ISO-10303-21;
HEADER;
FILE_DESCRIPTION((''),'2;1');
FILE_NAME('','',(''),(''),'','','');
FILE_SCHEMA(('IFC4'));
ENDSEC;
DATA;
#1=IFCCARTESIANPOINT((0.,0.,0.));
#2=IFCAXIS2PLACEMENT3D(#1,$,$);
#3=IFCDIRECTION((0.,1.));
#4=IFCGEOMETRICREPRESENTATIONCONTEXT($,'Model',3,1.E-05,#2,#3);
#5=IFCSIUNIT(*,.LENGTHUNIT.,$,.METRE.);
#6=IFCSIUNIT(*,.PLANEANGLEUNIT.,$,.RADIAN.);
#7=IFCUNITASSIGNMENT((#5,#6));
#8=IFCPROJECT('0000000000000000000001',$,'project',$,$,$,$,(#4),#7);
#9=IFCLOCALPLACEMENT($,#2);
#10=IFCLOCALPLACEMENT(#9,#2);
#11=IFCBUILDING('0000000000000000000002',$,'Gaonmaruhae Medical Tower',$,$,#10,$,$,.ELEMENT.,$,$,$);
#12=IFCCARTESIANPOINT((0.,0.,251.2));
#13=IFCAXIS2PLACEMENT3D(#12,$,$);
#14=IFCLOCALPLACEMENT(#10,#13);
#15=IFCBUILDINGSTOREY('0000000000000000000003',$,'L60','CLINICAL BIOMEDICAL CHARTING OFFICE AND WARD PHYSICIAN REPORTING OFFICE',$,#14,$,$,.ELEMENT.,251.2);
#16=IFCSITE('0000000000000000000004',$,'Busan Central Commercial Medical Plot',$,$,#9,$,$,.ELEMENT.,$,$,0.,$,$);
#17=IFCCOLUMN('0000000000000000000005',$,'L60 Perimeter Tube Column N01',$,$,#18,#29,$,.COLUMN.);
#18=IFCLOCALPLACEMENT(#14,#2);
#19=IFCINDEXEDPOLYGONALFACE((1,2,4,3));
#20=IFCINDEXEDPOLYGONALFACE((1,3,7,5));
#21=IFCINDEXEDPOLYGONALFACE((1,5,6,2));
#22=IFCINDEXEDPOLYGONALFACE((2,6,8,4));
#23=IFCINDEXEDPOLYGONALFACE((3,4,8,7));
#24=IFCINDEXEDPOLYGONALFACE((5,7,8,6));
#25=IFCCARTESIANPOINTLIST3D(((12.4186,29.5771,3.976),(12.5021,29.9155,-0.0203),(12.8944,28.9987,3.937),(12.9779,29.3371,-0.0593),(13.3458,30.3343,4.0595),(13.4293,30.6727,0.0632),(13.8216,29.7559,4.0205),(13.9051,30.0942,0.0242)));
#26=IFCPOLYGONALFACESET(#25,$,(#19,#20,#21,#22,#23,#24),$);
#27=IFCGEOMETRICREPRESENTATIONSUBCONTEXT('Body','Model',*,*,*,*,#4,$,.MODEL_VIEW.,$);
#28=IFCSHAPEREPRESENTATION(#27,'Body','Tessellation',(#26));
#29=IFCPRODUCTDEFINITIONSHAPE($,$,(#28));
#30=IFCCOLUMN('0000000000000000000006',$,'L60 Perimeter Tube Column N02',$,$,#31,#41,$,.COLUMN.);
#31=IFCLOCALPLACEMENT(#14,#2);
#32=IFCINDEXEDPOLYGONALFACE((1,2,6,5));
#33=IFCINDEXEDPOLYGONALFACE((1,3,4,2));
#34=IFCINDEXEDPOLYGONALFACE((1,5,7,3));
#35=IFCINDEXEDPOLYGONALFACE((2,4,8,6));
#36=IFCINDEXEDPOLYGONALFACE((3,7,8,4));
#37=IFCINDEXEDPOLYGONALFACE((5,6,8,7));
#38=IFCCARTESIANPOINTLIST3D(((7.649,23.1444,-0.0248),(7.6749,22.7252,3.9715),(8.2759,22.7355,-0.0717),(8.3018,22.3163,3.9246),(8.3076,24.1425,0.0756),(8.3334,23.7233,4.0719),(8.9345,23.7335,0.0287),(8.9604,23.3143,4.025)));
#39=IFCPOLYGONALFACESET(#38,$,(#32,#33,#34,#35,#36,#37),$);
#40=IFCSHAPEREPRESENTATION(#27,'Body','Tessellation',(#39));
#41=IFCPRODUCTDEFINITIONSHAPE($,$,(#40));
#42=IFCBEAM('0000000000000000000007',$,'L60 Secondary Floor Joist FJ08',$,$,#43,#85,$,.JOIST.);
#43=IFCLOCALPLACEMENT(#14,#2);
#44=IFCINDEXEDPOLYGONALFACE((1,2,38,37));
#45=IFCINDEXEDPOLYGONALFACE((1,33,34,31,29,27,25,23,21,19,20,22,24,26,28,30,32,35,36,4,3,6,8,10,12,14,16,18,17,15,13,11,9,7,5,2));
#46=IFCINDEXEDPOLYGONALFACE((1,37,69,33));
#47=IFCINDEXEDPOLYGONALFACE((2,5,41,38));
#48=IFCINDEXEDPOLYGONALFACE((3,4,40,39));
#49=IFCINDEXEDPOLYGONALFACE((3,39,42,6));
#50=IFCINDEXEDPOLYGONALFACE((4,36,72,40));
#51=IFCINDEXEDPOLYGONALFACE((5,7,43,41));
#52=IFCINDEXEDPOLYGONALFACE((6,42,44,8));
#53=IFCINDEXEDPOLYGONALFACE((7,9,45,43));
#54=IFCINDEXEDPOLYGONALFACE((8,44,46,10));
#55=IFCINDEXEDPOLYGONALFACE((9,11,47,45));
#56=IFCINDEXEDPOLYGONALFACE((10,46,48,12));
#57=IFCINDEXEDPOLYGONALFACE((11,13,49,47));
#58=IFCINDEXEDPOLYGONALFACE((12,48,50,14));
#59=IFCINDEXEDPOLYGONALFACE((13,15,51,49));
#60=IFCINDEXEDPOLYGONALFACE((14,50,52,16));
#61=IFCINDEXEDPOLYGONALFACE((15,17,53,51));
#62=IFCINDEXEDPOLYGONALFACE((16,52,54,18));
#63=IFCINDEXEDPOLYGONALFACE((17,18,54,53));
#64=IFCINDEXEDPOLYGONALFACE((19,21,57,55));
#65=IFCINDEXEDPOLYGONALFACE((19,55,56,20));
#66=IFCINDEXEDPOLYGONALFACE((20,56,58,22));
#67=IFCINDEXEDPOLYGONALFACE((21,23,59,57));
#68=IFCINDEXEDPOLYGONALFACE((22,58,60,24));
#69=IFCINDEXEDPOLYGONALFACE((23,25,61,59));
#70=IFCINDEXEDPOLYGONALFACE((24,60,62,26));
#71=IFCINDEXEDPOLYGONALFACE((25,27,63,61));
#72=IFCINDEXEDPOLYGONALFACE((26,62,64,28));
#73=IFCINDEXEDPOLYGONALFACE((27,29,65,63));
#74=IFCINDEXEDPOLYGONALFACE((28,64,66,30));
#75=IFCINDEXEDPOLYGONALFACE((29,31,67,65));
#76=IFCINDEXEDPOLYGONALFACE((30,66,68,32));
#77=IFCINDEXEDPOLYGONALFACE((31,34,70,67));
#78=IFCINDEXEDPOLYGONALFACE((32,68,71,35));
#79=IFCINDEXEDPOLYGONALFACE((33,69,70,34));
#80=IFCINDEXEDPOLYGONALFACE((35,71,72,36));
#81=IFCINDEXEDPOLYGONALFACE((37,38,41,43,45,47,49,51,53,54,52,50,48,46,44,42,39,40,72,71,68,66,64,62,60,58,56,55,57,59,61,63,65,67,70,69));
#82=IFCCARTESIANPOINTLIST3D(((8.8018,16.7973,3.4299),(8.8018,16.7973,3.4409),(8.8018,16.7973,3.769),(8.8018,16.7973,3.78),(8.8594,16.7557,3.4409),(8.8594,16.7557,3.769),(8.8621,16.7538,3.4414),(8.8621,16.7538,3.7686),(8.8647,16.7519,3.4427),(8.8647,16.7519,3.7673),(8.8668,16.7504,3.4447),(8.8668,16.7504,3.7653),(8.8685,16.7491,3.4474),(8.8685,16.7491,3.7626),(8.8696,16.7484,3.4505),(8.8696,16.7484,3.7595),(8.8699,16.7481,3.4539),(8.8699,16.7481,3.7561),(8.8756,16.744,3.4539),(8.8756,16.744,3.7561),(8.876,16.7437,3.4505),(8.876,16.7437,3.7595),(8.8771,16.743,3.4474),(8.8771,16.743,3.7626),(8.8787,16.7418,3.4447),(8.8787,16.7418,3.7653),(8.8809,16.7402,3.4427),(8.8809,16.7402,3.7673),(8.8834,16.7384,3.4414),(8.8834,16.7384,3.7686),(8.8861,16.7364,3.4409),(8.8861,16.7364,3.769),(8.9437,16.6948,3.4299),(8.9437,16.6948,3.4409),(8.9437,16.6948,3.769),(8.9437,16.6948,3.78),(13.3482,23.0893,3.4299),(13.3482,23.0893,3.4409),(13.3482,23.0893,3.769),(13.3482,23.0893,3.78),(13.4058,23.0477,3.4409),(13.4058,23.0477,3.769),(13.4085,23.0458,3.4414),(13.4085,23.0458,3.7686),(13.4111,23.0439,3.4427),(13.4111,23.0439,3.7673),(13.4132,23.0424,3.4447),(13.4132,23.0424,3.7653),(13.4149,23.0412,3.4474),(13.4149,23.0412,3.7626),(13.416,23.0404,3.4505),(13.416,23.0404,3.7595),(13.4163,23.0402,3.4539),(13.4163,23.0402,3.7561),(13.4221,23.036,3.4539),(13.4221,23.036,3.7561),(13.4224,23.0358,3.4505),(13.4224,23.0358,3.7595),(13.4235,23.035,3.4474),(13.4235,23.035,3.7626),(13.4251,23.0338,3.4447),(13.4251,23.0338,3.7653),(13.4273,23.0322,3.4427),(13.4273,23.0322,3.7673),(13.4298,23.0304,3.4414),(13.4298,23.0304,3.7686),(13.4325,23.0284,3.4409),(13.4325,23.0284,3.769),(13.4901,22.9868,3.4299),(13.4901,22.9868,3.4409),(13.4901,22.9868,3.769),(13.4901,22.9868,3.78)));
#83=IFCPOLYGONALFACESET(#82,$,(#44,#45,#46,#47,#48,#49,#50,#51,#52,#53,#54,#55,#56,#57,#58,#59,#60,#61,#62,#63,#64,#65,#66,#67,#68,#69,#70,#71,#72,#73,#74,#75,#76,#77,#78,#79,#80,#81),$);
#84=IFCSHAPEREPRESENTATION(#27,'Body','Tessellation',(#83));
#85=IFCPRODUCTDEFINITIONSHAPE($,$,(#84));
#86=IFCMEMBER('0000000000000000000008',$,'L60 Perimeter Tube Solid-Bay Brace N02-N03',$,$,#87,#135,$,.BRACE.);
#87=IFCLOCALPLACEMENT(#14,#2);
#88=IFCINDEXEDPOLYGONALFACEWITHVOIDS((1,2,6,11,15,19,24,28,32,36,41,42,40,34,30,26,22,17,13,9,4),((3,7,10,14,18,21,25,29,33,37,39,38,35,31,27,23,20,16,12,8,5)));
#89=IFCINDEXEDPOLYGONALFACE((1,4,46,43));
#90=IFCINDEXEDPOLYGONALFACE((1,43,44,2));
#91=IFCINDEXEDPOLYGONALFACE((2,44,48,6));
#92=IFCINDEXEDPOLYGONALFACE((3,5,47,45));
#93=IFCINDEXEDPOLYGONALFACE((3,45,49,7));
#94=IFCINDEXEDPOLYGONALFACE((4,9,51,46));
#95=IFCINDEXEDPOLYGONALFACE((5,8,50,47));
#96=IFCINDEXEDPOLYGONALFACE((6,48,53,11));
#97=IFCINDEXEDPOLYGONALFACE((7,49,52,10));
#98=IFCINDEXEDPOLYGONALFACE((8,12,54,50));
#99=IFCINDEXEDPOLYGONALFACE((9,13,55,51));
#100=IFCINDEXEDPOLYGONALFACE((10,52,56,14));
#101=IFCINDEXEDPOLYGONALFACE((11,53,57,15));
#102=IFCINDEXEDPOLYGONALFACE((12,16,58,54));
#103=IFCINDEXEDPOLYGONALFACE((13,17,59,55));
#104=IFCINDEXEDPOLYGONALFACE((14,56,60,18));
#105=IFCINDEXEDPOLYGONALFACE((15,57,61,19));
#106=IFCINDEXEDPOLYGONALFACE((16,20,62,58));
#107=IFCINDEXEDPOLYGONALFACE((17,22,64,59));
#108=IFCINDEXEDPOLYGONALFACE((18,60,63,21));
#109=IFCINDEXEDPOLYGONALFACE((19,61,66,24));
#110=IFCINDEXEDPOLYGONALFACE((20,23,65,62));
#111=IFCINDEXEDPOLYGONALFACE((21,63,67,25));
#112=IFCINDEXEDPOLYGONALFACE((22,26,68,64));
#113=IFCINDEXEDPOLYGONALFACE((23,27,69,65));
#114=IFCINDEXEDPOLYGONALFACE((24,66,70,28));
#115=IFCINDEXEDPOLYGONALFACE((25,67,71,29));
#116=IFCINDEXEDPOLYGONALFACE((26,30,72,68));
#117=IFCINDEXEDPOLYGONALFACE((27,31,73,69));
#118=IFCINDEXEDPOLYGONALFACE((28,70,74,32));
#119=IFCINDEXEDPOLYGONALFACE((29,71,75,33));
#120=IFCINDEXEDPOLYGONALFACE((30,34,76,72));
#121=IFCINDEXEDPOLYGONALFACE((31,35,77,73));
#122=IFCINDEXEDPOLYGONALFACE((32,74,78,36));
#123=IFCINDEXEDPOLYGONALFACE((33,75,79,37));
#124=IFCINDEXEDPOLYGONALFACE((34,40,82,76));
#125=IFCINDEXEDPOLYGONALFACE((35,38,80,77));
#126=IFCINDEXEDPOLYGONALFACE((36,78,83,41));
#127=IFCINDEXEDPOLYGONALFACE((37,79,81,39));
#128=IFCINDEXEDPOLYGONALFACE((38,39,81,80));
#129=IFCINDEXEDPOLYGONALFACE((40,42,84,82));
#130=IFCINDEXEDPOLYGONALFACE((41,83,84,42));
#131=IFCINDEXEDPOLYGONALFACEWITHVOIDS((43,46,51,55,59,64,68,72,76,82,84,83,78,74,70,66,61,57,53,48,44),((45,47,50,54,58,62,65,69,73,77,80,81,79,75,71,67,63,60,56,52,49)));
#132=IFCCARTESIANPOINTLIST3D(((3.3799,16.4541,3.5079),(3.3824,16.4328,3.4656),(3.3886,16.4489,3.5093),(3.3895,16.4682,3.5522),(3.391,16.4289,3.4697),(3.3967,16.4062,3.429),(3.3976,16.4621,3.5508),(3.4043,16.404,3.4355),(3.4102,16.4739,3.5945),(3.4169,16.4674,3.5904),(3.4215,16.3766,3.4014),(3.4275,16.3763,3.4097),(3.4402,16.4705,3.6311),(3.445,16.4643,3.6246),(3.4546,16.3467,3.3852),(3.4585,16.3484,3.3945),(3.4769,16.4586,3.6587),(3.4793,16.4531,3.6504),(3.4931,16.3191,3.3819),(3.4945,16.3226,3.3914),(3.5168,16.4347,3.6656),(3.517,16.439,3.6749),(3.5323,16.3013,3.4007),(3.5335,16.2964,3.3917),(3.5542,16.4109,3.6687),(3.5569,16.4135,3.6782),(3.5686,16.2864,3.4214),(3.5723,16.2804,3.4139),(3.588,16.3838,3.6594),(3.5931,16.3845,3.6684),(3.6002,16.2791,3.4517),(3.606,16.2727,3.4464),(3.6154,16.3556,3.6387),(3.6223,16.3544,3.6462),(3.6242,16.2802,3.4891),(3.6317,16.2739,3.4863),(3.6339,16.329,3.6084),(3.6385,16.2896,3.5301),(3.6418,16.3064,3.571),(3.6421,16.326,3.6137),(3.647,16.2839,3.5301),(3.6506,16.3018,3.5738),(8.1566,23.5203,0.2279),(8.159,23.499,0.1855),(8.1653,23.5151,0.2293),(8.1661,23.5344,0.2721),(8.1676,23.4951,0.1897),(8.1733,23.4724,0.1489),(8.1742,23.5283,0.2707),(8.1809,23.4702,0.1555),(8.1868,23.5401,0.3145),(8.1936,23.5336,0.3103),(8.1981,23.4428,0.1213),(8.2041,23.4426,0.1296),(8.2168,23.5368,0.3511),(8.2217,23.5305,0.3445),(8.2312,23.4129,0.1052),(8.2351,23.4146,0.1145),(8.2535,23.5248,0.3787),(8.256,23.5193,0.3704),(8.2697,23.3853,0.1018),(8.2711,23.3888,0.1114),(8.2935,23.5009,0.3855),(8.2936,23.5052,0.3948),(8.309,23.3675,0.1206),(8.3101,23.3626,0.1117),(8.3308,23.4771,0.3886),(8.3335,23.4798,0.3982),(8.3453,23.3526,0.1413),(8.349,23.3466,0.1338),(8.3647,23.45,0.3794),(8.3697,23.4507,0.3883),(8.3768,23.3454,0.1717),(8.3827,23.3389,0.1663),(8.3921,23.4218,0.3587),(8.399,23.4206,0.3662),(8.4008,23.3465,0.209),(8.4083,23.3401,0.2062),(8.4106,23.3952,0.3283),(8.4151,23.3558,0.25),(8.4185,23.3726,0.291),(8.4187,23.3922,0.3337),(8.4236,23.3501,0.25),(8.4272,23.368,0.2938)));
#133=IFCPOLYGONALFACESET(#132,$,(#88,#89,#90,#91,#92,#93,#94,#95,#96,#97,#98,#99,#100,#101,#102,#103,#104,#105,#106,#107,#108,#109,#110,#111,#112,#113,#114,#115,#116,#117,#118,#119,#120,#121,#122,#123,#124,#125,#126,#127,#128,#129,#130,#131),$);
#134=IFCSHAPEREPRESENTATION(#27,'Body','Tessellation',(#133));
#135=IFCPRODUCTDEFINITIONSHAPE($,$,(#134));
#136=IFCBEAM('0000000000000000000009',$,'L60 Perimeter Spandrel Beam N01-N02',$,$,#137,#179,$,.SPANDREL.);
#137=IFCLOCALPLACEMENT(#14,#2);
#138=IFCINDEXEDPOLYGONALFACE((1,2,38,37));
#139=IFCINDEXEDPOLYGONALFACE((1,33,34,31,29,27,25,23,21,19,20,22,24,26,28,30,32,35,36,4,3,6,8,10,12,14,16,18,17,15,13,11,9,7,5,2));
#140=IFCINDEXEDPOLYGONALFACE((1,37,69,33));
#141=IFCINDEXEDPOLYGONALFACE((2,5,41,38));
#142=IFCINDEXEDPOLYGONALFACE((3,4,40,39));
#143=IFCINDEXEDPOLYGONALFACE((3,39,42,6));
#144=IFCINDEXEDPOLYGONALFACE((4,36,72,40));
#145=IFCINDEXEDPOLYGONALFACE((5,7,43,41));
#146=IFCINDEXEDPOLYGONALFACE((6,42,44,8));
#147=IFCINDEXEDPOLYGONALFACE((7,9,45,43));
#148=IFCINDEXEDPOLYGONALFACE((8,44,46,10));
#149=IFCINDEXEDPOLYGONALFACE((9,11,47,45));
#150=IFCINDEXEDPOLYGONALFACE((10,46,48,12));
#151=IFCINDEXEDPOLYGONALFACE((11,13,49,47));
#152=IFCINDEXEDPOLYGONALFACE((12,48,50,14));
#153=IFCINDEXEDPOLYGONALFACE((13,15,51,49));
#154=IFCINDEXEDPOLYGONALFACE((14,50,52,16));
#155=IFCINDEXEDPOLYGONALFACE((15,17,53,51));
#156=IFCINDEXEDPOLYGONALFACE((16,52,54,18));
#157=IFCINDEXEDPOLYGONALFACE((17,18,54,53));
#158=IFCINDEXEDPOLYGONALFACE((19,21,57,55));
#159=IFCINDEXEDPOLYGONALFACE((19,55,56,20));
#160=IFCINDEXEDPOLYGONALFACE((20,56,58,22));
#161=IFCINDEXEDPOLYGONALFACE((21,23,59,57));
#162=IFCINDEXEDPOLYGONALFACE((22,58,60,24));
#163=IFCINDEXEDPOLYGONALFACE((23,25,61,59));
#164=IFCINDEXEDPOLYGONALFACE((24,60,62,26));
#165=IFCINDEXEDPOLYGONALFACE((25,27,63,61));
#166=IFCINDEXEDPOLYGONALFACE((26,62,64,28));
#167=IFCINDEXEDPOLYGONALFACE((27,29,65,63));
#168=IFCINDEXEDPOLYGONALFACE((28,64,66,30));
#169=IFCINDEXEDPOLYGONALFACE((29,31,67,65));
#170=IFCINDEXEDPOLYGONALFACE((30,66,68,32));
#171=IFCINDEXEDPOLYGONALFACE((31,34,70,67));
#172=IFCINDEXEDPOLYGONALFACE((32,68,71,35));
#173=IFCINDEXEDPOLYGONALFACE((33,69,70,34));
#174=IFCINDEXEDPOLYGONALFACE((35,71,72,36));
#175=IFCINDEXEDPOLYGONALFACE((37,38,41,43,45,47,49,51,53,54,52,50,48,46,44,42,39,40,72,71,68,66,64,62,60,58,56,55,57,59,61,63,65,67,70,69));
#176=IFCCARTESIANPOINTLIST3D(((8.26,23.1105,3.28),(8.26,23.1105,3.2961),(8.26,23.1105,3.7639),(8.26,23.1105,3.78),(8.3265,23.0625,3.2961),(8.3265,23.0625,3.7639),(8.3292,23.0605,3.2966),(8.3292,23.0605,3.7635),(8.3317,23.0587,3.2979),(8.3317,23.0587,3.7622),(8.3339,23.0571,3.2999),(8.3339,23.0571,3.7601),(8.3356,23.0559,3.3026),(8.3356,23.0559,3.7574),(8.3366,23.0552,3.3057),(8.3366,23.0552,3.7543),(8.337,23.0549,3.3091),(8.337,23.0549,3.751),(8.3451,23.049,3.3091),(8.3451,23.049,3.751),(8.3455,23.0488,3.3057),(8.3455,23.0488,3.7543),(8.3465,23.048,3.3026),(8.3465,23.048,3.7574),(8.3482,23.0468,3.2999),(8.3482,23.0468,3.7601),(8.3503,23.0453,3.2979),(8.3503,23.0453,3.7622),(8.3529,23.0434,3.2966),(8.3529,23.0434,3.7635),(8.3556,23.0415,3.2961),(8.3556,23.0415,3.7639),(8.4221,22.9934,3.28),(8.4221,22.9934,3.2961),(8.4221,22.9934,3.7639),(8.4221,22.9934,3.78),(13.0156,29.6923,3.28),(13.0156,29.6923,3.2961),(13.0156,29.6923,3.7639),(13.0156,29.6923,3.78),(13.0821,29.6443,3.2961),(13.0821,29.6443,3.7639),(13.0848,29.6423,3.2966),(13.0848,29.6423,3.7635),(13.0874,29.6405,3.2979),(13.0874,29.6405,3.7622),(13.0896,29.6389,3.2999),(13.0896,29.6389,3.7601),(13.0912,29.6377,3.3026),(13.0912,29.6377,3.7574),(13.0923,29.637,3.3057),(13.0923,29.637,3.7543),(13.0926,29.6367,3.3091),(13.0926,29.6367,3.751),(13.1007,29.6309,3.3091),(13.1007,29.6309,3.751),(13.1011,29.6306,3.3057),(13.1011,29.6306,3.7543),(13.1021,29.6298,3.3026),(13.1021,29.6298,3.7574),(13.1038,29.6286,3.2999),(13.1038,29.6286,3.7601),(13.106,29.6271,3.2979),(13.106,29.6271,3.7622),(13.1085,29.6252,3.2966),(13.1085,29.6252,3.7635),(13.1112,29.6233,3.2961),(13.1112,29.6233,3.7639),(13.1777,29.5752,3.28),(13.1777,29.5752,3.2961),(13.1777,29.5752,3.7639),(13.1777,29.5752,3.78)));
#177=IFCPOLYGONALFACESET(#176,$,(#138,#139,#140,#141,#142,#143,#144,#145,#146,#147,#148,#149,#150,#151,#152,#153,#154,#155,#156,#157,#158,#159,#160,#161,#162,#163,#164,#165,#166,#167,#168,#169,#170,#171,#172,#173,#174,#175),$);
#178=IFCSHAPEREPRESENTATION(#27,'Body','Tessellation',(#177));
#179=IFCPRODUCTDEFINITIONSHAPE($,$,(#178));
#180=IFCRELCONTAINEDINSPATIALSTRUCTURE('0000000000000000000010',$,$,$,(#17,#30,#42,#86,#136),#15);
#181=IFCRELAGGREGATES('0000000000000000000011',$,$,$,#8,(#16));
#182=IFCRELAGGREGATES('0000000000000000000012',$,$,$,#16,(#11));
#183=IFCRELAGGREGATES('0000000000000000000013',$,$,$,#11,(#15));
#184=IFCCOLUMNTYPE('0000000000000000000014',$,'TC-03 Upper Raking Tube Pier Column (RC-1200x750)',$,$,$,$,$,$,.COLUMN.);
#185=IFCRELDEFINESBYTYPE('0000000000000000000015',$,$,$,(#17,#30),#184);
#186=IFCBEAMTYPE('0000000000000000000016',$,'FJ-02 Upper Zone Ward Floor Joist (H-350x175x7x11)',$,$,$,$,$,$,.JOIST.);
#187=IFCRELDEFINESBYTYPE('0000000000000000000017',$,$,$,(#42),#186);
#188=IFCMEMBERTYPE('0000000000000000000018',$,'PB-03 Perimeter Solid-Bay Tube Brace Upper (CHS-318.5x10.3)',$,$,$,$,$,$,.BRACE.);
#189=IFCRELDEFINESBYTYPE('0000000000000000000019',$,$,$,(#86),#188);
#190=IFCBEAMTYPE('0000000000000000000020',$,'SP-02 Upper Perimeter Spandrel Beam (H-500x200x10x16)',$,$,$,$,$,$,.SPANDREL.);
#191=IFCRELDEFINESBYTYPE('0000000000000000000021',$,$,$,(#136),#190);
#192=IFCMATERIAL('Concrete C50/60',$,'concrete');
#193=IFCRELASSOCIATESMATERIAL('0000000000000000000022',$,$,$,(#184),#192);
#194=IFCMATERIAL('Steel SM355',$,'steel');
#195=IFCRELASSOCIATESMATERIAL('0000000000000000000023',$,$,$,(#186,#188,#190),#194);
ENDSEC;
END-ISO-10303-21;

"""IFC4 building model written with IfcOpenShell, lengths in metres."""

from ifc_helpers import new_model, si_unit, direction, frame, origin, origin_2d, place, context, subcontext, project, spatial, rectangle, hollow_circle, i_section, extrude, material, material_profile, profile_set, type_object, element, save


model = new_model("IFC4")

# Units and contexts
model_context = context("Model", 3, precision=1e-05, world=origin(), true_north=direction((0.0, 1.0)))
body_context = subcontext(model_context, "Body", "Model", "MODEL_VIEW")
ifc_project = project(units=[si_unit("LENGTHUNIT", "METRE"), si_unit("PLANEANGLEUNIT", "RADIAN")], contexts=[model_context])

# Site, building, storey
site_placement = place(None, origin())
site = spatial("IfcSite", under=ifc_project, at=site_placement, Name="Busan Central Commercial Medical Plot", CompositionType="ELEMENT", RefElevation=0.0)
building_placement = place(site_placement, origin())
building = spatial("IfcBuilding", under=site, at=building_placement, Name="Gaonmaruhae Medical Tower", CompositionType="ELEMENT")
storey_placement = place(building_placement, frame((0.0, 0.0, 251.2)))
storey = spatial("IfcBuildingStorey", under=building, at=storey_placement, Name="L60", Description="CLINICAL BIOMEDICAL CHARTING OFFICE AND WARD PHYSICIAN REPORTING OFFICE", CompositionType="ELEMENT", Elevation=251.2)

# Columns
ifc_material_1 = material(Name="Concrete C50/60", Category="concrete")
ifc_material_profile_1 = material_profile(ifc_material_1, rectangle(XDim=1.2, YDim=0.75, at=origin_2d()), Name="RC-1200x750")
ifc_profile_set_1 = profile_set([ifc_material_profile_1], Name="Concrete C50/60")
column_type = type_object("IfcColumnType", Name="TC-03 Upper Raking Tube Pier Column (RC-1200x750)", PredefinedType="COLUMN", material=ifc_profile_set_1)
column_1_placement = place(storey_placement, frame((13.2036, 30.0049, 0.002), z_axis=(-0.020814, -0.084352, 0.996219), x_axis=(0.772684, 0.630967, 0.069569)))
element("IfcColumn", 1, at=column_1_placement, inside=storey, type_object=column_type, Name="L60 Perimeter Tube Column N01", PredefinedType="COLUMN", context=body_context, shape_type="SweptSolid", body=[
    extrude(rectangle(XDim=1.2, YDim=0.75, at=origin_2d()), origin(), (0.0, 0.0, 1.0), 4.0115),
])
column_2_placement = place(storey_placement, frame((8.2917, 23.439, 0.002), z_axis=(0.00644, -0.104319, 0.994523), x_axis=(0.548816, 0.831743, 0.08369)))
element("IfcColumn", 2, at=column_2_placement, inside=storey, type_object=column_type, Name="L60 Perimeter Tube Column N02", PredefinedType="COLUMN", context=body_context, shape_type="SweptSolid", body=[
    extrude(rectangle(XDim=1.2, YDim=0.75, at=origin_2d()), origin(), (0.0, 0.0, 1.0), 4.0183),
])

# Beam
ifc_material_2 = material(Name="Steel SM355", Category="steel")
ifc_material_profile_2 = material_profile(ifc_material_2, i_section(OverallWidth=0.175, OverallDepth=0.3501, WebThickness=0.0071, FlangeThickness=0.011, FilletRadius=0.0129, at=origin_2d()), Name="H-350x175x7x11")
ifc_profile_set_2 = profile_set([ifc_material_profile_2], Name="Steel SM355")
beam_type_1 = type_object("IfcBeamType", Name="FJ-02 Upper Zone Ward Floor Joist (H-350x175x7x11)", PredefinedType="JOIST", material=ifc_profile_set_2)
beam_placement = place(storey_placement, frame((13.4192, 23.0381, 3.605), z_axis=(-0.585674, -0.810547, 0.0), x_axis=(0.810547, -0.585674, 0.0)))
element("IfcBeam", 3, at=beam_placement, inside=storey, type_object=beam_type_1, Name="L60 Secondary Floor Joist FJ08", PredefinedType="JOIST", context=body_context, shape_type="SweptSolid", body=[
    extrude(i_section(OverallWidth=0.175, OverallDepth=0.3501, WebThickness=0.0071, FlangeThickness=0.011, FilletRadius=0.0129, at=origin_2d()), origin(), (0.0, 0.0, 1.0), 7.7627),
])

# Member
ifc_material_profile_3 = material_profile(ifc_material_2, hollow_circle(Radius=0.1592, WallThickness=0.0103, at=origin_2d()), Name="CHS-318.5x10.3")
ifc_profile_set_3 = profile_set([ifc_material_profile_3], Name="Steel SM355")
member_type = type_object("IfcMemberType", Name="PB-03 Perimeter Solid-Bay Tube Brace Upper (CHS-318.5x10.3)", PredefinedType="BRACE", material=ifc_profile_set_3)
member_placement = place(storey_placement, frame((8.2917, 23.4392, 0.25), z_axis=(-0.522713, -0.773262, 0.358939), x_axis=(0.828471, -0.560033, 0.0)))
element("IfcMember", 4, at=member_placement, inside=storey, type_object=member_type, Name="L60 Perimeter Tube Solid-Bay Brace N02-N03", PredefinedType="BRACE", context=body_context, shape_type="SweptSolid", body=[
    extrude(hollow_circle(Radius=0.1592, WallThickness=0.0103, at=origin_2d()), origin(), (0.0, 0.0, 1.0), 9.1382),
])

# Beam
ifc_material_profile_4 = material_profile(ifc_material_2, i_section(OverallWidth=0.2, OverallDepth=0.5, WebThickness=0.01, FlangeThickness=0.0161, FilletRadius=0.0129, at=origin_2d()), Name="H-500x200x10x16")
ifc_profile_set_4 = profile_set([ifc_material_profile_4], Name="Steel SM355")
beam_type_2 = type_object("IfcBeamType", Name="SP-02 Upper Perimeter Spandrel Beam (H-500x200x10x16)", PredefinedType="SPANDREL", material=ifc_profile_set_4)
for number, where, z_axis, x_axis, name in (
    (5, (13.0967, 29.6338, 3.53), (-0.585661, -0.810556, 0.0), (0.810556, -0.585661, 0.0), "L60 Perimeter Spandrel Beam N01-N02"),
):
    element("IfcBeam", number, at=place(storey_placement, frame(where, z_axis=z_axis, x_axis=x_axis)), inside=storey, type_object=beam_type_2, Name=name, PredefinedType="SPANDREL", context=body_context, shape_type="SweptSolid", body=[
        extrude(i_section(OverallWidth=0.2, OverallDepth=0.5, WebThickness=0.01, FlangeThickness=0.0161, FilletRadius=0.0129, at=origin_2d()), origin(), (0.0, 0.0, 1.0), 8.1201),
    ])

save(model, "model.ifc")
